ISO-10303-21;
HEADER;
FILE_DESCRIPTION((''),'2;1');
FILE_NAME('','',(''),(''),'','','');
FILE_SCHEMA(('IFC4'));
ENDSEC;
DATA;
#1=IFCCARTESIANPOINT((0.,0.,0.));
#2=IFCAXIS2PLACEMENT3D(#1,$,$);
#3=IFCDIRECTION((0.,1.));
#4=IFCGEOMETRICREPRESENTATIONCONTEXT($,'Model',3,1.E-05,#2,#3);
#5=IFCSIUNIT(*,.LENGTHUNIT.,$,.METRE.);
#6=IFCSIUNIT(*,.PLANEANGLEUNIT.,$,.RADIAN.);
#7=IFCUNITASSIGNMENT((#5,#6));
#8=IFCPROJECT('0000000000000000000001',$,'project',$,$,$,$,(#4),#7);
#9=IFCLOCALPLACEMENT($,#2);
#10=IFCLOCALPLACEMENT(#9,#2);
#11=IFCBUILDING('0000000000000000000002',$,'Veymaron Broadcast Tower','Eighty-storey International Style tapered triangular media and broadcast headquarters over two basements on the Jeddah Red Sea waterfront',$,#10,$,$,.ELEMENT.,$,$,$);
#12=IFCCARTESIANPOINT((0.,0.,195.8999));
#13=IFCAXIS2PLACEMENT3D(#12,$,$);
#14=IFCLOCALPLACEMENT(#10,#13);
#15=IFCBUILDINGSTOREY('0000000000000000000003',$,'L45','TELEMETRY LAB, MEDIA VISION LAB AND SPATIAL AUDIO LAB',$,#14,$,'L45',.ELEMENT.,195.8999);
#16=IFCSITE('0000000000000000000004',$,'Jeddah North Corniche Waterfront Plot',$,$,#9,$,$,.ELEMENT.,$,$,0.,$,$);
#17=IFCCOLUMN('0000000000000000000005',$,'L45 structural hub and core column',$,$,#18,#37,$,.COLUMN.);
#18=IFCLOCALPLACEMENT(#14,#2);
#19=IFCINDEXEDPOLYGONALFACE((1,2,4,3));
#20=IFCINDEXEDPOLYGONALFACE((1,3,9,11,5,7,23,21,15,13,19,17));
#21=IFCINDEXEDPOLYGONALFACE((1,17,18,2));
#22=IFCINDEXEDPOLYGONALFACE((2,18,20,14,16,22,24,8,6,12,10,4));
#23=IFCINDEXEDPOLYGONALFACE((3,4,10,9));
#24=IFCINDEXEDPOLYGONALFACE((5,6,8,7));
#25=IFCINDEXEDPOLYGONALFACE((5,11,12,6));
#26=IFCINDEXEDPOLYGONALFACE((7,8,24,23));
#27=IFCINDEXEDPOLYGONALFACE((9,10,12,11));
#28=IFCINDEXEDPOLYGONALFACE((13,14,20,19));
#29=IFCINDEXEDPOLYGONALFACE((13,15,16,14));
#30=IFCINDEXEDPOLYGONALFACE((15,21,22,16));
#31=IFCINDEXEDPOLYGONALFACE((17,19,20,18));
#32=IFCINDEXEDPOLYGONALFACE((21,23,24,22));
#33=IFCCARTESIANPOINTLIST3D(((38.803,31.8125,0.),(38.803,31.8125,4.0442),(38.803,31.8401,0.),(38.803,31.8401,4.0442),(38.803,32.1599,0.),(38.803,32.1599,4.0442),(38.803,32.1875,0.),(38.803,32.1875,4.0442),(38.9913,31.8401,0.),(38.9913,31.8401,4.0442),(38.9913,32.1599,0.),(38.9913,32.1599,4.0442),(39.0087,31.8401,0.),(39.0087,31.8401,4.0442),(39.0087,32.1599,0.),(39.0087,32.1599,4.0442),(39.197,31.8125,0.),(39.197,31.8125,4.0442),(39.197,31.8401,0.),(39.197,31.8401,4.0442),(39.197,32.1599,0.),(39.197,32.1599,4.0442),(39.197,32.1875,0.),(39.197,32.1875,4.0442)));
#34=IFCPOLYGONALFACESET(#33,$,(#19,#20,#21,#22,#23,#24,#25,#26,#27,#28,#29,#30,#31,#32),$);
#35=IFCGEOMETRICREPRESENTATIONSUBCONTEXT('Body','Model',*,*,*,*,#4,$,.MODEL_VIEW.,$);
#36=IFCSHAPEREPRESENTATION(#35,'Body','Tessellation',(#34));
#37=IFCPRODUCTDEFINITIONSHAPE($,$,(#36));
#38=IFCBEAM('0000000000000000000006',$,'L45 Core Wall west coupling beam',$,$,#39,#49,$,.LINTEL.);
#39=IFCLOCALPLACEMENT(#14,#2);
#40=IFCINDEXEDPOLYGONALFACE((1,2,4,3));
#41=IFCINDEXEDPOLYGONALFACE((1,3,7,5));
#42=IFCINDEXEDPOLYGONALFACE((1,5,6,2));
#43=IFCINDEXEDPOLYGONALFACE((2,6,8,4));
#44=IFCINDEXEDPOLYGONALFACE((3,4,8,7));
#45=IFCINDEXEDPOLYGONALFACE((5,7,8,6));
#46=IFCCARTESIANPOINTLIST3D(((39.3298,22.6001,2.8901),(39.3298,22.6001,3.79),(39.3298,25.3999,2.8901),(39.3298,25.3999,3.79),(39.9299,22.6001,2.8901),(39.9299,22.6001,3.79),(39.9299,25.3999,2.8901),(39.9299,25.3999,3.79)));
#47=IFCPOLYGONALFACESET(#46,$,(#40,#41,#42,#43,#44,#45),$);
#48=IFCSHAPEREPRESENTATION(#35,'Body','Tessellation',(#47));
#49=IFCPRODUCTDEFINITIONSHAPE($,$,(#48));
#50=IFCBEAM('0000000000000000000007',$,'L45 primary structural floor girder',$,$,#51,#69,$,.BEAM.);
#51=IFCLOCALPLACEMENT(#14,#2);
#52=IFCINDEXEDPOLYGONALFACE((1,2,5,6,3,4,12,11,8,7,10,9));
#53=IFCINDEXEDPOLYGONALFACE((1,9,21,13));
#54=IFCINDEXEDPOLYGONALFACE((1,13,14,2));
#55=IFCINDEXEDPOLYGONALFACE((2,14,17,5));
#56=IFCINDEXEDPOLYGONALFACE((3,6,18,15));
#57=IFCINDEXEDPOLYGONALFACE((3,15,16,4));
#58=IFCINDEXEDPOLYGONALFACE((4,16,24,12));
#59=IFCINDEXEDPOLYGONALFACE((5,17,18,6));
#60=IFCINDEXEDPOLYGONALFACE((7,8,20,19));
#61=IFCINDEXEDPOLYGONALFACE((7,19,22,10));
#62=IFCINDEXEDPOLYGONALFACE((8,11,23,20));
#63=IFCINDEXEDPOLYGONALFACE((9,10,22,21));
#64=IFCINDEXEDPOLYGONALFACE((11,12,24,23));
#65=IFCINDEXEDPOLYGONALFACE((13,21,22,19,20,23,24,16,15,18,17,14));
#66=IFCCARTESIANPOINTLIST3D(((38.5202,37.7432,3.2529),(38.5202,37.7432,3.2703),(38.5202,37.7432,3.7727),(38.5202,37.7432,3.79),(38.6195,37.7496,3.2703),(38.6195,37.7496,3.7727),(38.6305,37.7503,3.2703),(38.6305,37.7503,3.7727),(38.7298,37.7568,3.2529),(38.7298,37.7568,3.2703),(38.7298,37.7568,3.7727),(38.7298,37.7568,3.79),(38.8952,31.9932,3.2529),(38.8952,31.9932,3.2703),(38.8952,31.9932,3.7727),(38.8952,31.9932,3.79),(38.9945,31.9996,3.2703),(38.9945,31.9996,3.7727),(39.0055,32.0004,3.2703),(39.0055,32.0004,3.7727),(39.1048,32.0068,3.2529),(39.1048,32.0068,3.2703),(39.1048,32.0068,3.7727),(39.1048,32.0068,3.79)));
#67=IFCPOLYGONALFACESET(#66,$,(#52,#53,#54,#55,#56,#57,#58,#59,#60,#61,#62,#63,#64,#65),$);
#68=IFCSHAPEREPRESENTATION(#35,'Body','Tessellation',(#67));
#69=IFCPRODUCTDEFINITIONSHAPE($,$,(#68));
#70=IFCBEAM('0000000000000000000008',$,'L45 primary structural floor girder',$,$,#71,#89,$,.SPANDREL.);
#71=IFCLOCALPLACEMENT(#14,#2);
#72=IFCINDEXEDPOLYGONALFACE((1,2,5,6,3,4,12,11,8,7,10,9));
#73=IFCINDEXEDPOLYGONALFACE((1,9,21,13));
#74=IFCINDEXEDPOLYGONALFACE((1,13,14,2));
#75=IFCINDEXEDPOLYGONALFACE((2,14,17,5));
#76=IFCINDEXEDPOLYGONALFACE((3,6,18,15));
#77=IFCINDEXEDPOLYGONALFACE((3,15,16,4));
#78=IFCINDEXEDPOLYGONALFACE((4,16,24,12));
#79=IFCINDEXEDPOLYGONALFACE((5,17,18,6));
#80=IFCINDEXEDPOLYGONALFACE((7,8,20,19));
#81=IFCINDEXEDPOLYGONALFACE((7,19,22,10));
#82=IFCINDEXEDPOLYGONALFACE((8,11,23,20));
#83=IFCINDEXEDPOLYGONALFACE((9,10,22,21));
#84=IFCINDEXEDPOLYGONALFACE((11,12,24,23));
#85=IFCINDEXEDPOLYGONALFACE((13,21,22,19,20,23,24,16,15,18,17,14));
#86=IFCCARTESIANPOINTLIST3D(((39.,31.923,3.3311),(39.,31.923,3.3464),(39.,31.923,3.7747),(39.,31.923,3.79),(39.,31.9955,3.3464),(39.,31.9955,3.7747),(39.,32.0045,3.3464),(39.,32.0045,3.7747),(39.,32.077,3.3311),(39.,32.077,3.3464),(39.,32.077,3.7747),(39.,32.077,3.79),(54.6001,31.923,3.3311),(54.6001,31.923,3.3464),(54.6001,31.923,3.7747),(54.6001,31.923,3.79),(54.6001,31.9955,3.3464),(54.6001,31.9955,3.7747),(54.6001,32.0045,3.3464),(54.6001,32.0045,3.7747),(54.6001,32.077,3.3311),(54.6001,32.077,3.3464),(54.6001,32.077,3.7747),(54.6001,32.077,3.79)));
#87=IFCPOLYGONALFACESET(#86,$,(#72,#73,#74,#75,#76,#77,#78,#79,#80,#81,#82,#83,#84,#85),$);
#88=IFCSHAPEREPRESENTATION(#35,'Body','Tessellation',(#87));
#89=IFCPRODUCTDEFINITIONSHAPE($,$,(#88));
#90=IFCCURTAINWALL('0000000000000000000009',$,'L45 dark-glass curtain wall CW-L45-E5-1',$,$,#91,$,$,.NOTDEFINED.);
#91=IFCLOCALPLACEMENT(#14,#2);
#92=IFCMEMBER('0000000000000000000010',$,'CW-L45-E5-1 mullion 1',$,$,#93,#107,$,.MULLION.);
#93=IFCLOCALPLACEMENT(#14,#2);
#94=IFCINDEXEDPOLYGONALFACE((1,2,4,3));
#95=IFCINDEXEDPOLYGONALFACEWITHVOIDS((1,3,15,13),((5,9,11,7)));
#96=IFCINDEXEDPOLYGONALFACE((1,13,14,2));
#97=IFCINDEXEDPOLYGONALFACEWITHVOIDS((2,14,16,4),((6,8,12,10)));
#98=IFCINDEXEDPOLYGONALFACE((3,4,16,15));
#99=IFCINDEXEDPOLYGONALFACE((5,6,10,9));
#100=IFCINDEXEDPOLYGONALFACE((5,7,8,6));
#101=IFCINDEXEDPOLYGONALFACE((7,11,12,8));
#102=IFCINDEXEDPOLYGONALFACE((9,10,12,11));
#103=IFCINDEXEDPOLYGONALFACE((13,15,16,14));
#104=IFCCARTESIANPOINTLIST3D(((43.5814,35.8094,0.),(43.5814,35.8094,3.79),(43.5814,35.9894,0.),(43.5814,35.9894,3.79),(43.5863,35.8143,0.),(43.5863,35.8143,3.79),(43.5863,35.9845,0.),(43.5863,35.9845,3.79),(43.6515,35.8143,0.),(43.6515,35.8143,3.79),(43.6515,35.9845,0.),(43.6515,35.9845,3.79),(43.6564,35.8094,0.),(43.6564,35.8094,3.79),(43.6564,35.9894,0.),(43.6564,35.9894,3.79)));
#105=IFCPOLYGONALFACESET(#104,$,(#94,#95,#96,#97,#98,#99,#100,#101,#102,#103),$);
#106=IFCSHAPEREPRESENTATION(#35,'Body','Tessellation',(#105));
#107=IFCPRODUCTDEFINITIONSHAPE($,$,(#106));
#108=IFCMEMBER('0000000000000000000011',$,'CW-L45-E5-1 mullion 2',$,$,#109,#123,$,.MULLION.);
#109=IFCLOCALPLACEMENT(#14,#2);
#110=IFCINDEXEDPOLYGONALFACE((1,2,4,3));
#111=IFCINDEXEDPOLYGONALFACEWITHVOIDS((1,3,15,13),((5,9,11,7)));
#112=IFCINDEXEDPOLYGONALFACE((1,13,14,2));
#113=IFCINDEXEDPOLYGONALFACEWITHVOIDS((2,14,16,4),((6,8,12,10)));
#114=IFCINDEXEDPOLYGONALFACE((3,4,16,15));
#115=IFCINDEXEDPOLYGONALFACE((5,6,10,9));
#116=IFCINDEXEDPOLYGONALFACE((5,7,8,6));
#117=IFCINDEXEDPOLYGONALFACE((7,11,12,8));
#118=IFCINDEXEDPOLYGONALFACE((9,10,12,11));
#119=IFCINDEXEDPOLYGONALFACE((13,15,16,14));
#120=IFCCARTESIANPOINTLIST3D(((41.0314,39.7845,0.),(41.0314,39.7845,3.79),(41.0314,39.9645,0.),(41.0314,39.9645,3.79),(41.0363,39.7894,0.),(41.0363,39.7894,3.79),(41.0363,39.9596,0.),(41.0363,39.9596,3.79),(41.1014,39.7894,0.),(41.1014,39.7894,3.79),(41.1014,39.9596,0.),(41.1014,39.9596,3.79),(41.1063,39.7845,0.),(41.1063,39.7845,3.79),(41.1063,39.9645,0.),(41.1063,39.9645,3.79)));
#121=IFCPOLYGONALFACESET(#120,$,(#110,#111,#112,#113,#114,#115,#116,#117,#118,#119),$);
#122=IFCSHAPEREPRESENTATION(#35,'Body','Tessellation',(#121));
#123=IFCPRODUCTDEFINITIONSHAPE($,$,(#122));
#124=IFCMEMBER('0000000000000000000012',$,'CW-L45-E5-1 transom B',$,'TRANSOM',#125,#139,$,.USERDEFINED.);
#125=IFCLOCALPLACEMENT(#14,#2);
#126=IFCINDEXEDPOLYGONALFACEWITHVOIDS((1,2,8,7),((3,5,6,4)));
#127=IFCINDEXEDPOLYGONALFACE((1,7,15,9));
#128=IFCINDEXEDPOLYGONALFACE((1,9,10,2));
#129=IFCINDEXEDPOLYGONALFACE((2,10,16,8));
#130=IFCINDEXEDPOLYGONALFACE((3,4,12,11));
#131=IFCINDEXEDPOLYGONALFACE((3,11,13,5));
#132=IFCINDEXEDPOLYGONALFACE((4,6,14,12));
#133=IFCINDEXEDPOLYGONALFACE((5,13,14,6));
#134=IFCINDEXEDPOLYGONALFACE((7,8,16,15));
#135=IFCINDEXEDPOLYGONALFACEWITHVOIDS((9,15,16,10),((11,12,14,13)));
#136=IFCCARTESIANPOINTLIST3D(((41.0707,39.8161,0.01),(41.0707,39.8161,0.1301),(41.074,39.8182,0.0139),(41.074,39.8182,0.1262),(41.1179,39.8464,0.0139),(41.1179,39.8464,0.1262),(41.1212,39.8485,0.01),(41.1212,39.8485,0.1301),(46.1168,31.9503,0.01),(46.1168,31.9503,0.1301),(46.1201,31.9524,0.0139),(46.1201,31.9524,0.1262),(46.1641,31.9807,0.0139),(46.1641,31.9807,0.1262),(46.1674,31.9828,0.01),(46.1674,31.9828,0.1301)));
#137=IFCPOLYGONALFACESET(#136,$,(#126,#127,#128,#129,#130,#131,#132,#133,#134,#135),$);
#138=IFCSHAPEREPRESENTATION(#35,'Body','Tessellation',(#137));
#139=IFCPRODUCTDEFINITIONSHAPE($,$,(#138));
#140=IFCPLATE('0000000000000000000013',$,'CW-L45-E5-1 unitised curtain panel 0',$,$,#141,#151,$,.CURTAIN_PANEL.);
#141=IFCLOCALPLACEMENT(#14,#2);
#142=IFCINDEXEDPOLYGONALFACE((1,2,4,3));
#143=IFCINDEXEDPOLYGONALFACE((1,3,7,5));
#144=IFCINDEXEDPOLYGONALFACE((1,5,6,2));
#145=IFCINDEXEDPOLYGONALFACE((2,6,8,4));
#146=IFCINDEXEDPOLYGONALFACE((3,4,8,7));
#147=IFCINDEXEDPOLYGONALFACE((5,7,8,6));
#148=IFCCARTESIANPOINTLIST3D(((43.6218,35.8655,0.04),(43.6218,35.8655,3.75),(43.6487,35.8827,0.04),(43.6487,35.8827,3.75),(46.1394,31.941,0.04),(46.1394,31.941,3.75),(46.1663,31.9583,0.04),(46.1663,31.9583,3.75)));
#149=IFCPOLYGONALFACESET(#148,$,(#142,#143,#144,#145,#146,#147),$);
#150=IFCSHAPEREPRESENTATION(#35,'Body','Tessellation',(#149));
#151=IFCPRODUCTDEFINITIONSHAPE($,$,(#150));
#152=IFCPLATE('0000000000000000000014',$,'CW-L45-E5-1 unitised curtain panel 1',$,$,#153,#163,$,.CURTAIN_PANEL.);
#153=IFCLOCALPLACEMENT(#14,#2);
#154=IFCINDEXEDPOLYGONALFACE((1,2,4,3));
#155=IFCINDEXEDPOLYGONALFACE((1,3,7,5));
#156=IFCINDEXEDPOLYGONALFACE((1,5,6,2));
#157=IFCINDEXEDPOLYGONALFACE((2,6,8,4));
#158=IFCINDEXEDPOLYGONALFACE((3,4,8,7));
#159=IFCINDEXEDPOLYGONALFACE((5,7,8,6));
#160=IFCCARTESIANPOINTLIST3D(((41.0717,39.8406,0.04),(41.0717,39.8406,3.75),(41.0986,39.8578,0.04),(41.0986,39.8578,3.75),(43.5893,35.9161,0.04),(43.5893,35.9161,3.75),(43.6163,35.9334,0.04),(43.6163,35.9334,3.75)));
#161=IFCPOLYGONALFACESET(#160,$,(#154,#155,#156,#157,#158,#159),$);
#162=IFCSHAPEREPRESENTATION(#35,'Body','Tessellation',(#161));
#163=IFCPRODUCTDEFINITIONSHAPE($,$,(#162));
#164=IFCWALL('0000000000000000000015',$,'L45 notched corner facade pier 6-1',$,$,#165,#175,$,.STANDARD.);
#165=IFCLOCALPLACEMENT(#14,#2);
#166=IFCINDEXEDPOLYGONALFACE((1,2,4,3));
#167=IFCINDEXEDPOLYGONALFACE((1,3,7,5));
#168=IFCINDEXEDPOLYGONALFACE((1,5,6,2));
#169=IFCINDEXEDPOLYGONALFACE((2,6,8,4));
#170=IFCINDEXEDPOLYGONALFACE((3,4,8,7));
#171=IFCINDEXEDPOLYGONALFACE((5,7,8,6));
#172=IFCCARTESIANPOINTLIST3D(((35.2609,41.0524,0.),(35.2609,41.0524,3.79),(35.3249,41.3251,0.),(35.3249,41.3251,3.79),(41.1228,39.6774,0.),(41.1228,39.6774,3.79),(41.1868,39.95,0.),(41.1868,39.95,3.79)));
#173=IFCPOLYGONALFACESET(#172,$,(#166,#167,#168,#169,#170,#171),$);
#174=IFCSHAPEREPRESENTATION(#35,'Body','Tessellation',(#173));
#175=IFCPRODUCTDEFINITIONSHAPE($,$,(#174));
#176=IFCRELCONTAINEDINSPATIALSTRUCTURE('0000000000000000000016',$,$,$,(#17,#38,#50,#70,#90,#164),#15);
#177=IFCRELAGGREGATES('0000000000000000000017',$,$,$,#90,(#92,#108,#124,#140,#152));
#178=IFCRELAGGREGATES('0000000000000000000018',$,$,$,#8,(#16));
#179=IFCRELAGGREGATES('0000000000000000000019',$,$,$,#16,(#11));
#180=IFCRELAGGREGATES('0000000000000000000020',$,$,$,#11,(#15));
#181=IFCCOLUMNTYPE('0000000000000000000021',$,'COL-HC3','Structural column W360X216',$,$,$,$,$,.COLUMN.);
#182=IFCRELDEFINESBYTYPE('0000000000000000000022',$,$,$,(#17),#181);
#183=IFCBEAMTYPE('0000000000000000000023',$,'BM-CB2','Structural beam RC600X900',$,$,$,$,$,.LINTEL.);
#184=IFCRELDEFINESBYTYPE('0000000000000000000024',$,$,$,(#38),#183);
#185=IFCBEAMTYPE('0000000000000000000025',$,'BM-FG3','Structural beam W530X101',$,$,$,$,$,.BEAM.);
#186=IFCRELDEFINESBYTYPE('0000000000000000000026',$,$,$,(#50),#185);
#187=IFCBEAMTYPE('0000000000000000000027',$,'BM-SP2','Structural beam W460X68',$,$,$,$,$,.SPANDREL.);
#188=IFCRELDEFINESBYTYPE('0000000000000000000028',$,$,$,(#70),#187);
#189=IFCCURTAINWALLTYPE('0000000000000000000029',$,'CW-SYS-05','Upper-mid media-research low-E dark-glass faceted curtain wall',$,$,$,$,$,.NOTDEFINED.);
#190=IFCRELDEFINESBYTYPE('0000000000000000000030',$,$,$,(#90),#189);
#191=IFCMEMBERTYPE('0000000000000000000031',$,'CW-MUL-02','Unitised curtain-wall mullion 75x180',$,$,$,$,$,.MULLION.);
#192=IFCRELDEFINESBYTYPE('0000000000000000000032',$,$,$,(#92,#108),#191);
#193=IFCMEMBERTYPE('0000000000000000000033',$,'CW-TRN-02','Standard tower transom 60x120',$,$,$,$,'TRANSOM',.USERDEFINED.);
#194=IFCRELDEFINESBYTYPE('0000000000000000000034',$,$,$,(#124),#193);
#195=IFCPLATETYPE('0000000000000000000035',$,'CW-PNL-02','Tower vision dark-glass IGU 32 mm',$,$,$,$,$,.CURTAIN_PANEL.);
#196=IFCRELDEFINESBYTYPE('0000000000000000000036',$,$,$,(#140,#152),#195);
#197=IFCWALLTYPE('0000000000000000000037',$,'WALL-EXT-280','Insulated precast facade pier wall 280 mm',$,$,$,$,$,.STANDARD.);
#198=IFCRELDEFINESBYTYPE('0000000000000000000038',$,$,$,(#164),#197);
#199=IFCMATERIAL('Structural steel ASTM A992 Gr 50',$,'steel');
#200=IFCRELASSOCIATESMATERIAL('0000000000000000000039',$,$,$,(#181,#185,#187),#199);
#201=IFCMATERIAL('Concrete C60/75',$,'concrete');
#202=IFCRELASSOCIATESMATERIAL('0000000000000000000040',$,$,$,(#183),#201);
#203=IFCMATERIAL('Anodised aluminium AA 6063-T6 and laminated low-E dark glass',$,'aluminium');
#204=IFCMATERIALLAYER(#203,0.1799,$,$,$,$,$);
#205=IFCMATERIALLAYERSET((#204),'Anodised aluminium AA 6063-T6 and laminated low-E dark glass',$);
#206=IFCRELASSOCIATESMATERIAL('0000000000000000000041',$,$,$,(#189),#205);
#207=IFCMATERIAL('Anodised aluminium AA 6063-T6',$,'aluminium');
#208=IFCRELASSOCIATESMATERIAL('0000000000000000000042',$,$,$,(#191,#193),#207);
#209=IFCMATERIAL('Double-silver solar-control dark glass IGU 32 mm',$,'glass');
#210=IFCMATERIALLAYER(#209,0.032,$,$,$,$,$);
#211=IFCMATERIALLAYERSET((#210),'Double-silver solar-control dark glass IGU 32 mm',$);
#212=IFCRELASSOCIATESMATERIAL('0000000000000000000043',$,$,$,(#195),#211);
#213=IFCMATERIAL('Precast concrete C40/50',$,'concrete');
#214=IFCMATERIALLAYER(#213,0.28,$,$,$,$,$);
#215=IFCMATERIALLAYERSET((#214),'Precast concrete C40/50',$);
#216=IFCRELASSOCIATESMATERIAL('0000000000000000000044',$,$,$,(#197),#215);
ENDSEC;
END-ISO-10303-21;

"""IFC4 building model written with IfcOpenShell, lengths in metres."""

from ifc_helpers import new_model, si_unit, direction, frame, frame_2d, origin, origin_2d, place, context, subcontext, project, spatial, rectangle, hollow_rectangle, i_section, extrude, material, layer, layer_set, material_profile, profile_set, type_object, element, aggregate, save


model = new_model("IFC4")

# Units and contexts
model_context = context("Model", 3, precision=1e-05, world=origin(), true_north=direction((0.0, 1.0)))
body_context = subcontext(model_context, "Body", "Model", "MODEL_VIEW")
ifc_project = project(units=[si_unit("LENGTHUNIT", "METRE"), si_unit("PLANEANGLEUNIT", "RADIAN")], contexts=[model_context])

# Site, building, storey
site_placement = place(None, origin())
site = spatial("IfcSite", under=ifc_project, at=site_placement, Name="Jeddah North Corniche Waterfront Plot", CompositionType="ELEMENT", RefElevation=0.0)
building_placement = place(site_placement, origin())
building = spatial("IfcBuilding", under=site, at=building_placement, Name="Veymaron Broadcast Tower", Description="Eighty-storey International Style tapered triangular media and broadcast headquarters over two basements on the Jeddah Red Sea waterfront", CompositionType="ELEMENT")
storey_placement = place(building_placement, frame((0.0, 0.0, 195.8999)))
storey = spatial("IfcBuildingStorey", under=building, at=storey_placement, Name="L45", Description="TELEMETRY LAB, MEDIA VISION LAB AND SPATIAL AUDIO LAB", LongName="L45", CompositionType="ELEMENT", Elevation=195.8999)

# Column
ifc_material_1 = material(Name="Structural steel ASTM A992 Gr 50", Category="steel")
ifc_material_profile_1 = material_profile(ifc_material_1, i_section(OverallWidth=0.394, OverallDepth=0.375, WebThickness=0.0173, FlangeThickness=0.0276, at=origin_2d()), Name="W360X216")
ifc_profile_set_1 = profile_set([ifc_material_profile_1], Name="Structural steel ASTM A992 Gr 50")
column_type = type_object("IfcColumnType", Name="COL-HC3", Description="Structural column W360X216", PredefinedType="COLUMN", material=ifc_profile_set_1)
column_placement = place(storey_placement, frame((39.0, 32.0, 0.0), z_axis=(0.0, 0.0, 1.0), x_axis=(1.0, 0.0, 0.0)))
element("IfcColumn", 1, at=column_placement, inside=storey, type_object=column_type, Name="L45 structural hub and core column", PredefinedType="COLUMN", context=body_context, shape_type="SweptSolid", body=[
    extrude(i_section(OverallWidth=0.394, OverallDepth=0.375, WebThickness=0.0173, FlangeThickness=0.0276, at=origin_2d()), origin(), (0.0, 0.0, 1.0), 4.0442),
])

# Beams
ifc_material_2 = material(Name="Concrete C60/75", Category="concrete")
ifc_material_profile_2 = material_profile(ifc_material_2, rectangle(XDim=0.6001, YDim=0.8999, at=origin_2d()), Name="RC600X900")
ifc_profile_set_2 = profile_set([ifc_material_profile_2], Name="Concrete C60/75")
beam_type_1 = type_object("IfcBeamType", Name="BM-CB2", Description="Structural beam RC600X900", PredefinedType="LINTEL", material=ifc_profile_set_2)
beam_1_placement = place(storey_placement, frame((39.6299, 22.6001, 3.3401), z_axis=(0.0, 1.0, 0.0), x_axis=(-1.0, 0.0, 0.0)))
element("IfcBeam", 2, at=beam_1_placement, inside=storey, type_object=beam_type_1, Name="L45 Core Wall west coupling beam", PredefinedType="LINTEL", context=body_context, shape_type="SweptSolid", body=[
    extrude(rectangle(XDim=0.6001, YDim=0.8999, at=origin_2d()), origin(), (0.0, 0.0, 1.0), 2.7998),
])
ifc_material_profile_3 = material_profile(ifc_material_1, i_section(OverallWidth=0.21, OverallDepth=0.5371, WebThickness=0.011, FlangeThickness=0.0173, at=origin_2d()), Name="W530X101")
ifc_profile_set_3 = profile_set([ifc_material_profile_3], Name="Structural steel ASTM A992 Gr 50")
beam_type_2 = type_object("IfcBeamType", Name="BM-FG3", Description="Structural beam W530X101", PredefinedType="BEAM", material=ifc_profile_set_3)
beam_2_placement = place(storey_placement, frame((39.0, 32.0, 3.5215), z_axis=(-0.065079, 0.99788, 0.0), x_axis=(-0.99788, -0.065079, 0.0)))
element("IfcBeam", 3, at=beam_2_placement, inside=storey, type_object=beam_type_2, Name="L45 primary structural floor girder", PredefinedType="BEAM", context=body_context, shape_type="SweptSolid", body=[
    extrude(i_section(OverallWidth=0.21, OverallDepth=0.5371, WebThickness=0.011, FlangeThickness=0.0173, at=origin_2d()), origin(), (0.0, 0.0, 1.0), 5.7622),
])
ifc_material_profile_4 = material_profile(ifc_material_1, i_section(OverallWidth=0.1541, OverallDepth=0.459, WebThickness=0.009, FlangeThickness=0.0154, at=origin_2d()), Name="W460X68")
ifc_profile_set_4 = profile_set([ifc_material_profile_4], Name="Structural steel ASTM A992 Gr 50")
beam_type_3 = type_object("IfcBeamType", Name="BM-SP2", Description="Structural beam W460X68", PredefinedType="SPANDREL", material=ifc_profile_set_4)
beam_3_placement = place(storey_placement, frame((39.0, 32.0, 3.5605), z_axis=(1.0, 0.0, 0.0), x_axis=(0.0, 1.0, 0.0)))
element("IfcBeam", 4, at=beam_3_placement, inside=storey, type_object=beam_type_3, Name="L45 primary structural floor girder", PredefinedType="SPANDREL", context=body_context, shape_type="SweptSolid", body=[
    extrude(i_section(OverallWidth=0.1541, OverallDepth=0.459, WebThickness=0.009, FlangeThickness=0.0154, at=origin_2d()), origin(), (0.0, 0.0, 1.0), 15.6001),
])

# Curtain wall, members, plates
ifc_material_3 = material(Name="Anodised aluminium AA 6063-T6 and laminated low-E dark glass", Category="aluminium")
ifc_layer_1 = layer(ifc_material_3, 0.1799)
ifc_layer_set_1 = layer_set([ifc_layer_1], Name="Anodised aluminium AA 6063-T6 and laminated low-E dark glass")
curtain_wall_type = type_object("IfcCurtainWallType", Name="CW-SYS-05", Description="Upper-mid media-research low-E dark-glass faceted curtain wall", PredefinedType="NOTDEFINED", material=ifc_layer_set_1)
curtain_wall_placement = place(storey_placement, origin())
curtain_wall = element("IfcCurtainWall", 5, at=curtain_wall_placement, inside=storey, type_object=curtain_wall_type, Name="L45 dark-glass curtain wall CW-L45-E5-1", PredefinedType="NOTDEFINED")
ifc_material_4 = material(Name="Anodised aluminium AA 6063-T6", Category="aluminium")
ifc_material_profile_5 = material_profile(ifc_material_4, hollow_rectangle(XDim=0.075, YDim=0.1799, WallThickness=0.0049, at=origin_2d()), Name="AL180X75X5")
ifc_profile_set_5 = profile_set([ifc_material_profile_5], Name="Anodised aluminium AA 6063-T6")
member_type_1 = type_object("IfcMemberType", Name="CW-MUL-02", Description="Unitised curtain-wall mullion 75x180", PredefinedType="MULLION", material=ifc_profile_set_5)
member_1_placement = place(storey_placement, frame((43.6189, 35.8994, 0.0), z_axis=(0.0, 0.0, 1.0), x_axis=(1.0, 0.0, 0.0)))
member_1 = element("IfcMember", 6, at=member_1_placement, type_object=member_type_1, Name="CW-L45-E5-1 mullion 1", PredefinedType="MULLION", context=body_context, shape_type="SweptSolid", body=[
    extrude(hollow_rectangle(XDim=0.075, YDim=0.1799, WallThickness=0.0049, at=origin_2d()), origin(), (0.0, 0.0, 1.0), 3.79),
])
member_2_placement = place(storey_placement, frame((41.0688, 39.8745, 0.0), z_axis=(0.0, 0.0, 1.0), x_axis=(1.0, 0.0, 0.0)))
member_2 = element("IfcMember", 7, at=member_2_placement, type_object=member_type_1, Name="CW-L45-E5-1 mullion 2", PredefinedType="MULLION", context=body_context, shape_type="SweptSolid", body=[
    extrude(hollow_rectangle(XDim=0.075, YDim=0.1799, WallThickness=0.0049, at=origin_2d()), origin(), (0.0, 0.0, 1.0), 3.79),
])
ifc_material_profile_6 = material_profile(ifc_material_4, hollow_rectangle(XDim=0.0601, YDim=0.1201, WallThickness=0.0039, at=origin_2d()), Name="AL120X60X4")
ifc_profile_set_6 = profile_set([ifc_material_profile_6], Name="Anodised aluminium AA 6063-T6")
member_type_2 = type_object("IfcMemberType", Name="CW-TRN-02", Description="Standard tower transom 60x120", ElementType="TRANSOM", PredefinedType="USERDEFINED", material=ifc_profile_set_6)
member_3_placement = place(storey_placement, frame((46.1421, 31.9666, 0.0701), z_axis=(-0.53997, 0.841684, 0.0), x_axis=(-0.841684, -0.53997, 0.0)))
member_3 = element("IfcMember", 8, at=member_3_placement, type_object=member_type_2, Name="CW-L45-E5-1 transom B", ObjectType="TRANSOM", PredefinedType="USERDEFINED", context=body_context, shape_type="SweptSolid", body=[
    extrude(hollow_rectangle(XDim=0.0601, YDim=0.1201, WallThickness=0.0039, at=origin_2d()), origin(), (0.0, 0.0, 1.0), 9.3452),
])
ifc_material_5 = material(Name="Double-silver solar-control dark glass IGU 32 mm", Category="glass")
ifc_layer_2 = layer(ifc_material_5, 0.032)
ifc_layer_set_2 = layer_set([ifc_layer_2], Name="Double-silver solar-control dark glass IGU 32 mm")
plate_type = type_object("IfcPlateType", Name="CW-PNL-02", Description="Tower vision dark-glass IGU 32 mm", PredefinedType="CURTAIN_PANEL", material=ifc_layer_set_2)
plate_1_placement = place(storey_placement, frame((44.894, 33.9119, 0.04), z_axis=(0.0, 0.0, 1.0), x_axis=(-0.539961, 0.84169, 0.0)))
plate_1 = element("IfcPlate", 9, at=plate_1_placement, type_object=plate_type, Name="CW-L45-E5-1 unitised curtain panel 0", PredefinedType="CURTAIN_PANEL", context=body_context, shape_type="SweptSolid", body=[
    extrude(rectangle(XDim=4.6626, YDim=0.032, at=origin_2d()), origin(), (0.0, 0.0, 1.0), 3.71),
])
plate_2_placement = place(storey_placement, frame((42.344, 37.887, 0.04), z_axis=(0.0, 0.0, 1.0), x_axis=(-0.539961, 0.84169, 0.0)))
plate_2 = element("IfcPlate", 10, at=plate_2_placement, type_object=plate_type, Name="CW-L45-E5-1 unitised curtain panel 1", PredefinedType="CURTAIN_PANEL", context=body_context, shape_type="SweptSolid", body=[
    extrude(rectangle(XDim=4.6626, YDim=0.032, at=origin_2d()), origin(), (0.0, 0.0, 1.0), 3.71),
])
aggregate(curtain_wall, [member_1, member_2, member_3, plate_1, plate_2])

# Wall
ifc_material_6 = material(Name="Precast concrete C40/50", Category="concrete")
ifc_layer_3 = layer(ifc_material_6, 0.28)
ifc_layer_set_3 = layer_set([ifc_layer_3], Name="Precast concrete C40/50")
wall_type_1 = type_object("IfcWallType", Name="WALL-EXT-280", Description="Insulated precast facade pier wall 280 mm", PredefinedType="STANDARD", material=ifc_layer_set_3)
wall_1_placement = place(storey_placement, frame((41.1548, 39.8137, 0.0), z_axis=(0.0, 0.0, 1.0), x_axis=(-0.973574, 0.22837, 0.0)))
element("IfcWall", 11, at=wall_1_placement, inside=storey, type_object=wall_type_1, Name="L45 notched corner facade pier 6-1", PredefinedType="STANDARD", context=body_context, shape_type="SweptSolid", body=[
    extrude(rectangle(XDim=6.021, YDim=0.28, at=frame_2d((3.0105, 0.0))), origin(), (0.0, 0.0, 1.0), 3.79),
])

save(model, "model.ifc")
